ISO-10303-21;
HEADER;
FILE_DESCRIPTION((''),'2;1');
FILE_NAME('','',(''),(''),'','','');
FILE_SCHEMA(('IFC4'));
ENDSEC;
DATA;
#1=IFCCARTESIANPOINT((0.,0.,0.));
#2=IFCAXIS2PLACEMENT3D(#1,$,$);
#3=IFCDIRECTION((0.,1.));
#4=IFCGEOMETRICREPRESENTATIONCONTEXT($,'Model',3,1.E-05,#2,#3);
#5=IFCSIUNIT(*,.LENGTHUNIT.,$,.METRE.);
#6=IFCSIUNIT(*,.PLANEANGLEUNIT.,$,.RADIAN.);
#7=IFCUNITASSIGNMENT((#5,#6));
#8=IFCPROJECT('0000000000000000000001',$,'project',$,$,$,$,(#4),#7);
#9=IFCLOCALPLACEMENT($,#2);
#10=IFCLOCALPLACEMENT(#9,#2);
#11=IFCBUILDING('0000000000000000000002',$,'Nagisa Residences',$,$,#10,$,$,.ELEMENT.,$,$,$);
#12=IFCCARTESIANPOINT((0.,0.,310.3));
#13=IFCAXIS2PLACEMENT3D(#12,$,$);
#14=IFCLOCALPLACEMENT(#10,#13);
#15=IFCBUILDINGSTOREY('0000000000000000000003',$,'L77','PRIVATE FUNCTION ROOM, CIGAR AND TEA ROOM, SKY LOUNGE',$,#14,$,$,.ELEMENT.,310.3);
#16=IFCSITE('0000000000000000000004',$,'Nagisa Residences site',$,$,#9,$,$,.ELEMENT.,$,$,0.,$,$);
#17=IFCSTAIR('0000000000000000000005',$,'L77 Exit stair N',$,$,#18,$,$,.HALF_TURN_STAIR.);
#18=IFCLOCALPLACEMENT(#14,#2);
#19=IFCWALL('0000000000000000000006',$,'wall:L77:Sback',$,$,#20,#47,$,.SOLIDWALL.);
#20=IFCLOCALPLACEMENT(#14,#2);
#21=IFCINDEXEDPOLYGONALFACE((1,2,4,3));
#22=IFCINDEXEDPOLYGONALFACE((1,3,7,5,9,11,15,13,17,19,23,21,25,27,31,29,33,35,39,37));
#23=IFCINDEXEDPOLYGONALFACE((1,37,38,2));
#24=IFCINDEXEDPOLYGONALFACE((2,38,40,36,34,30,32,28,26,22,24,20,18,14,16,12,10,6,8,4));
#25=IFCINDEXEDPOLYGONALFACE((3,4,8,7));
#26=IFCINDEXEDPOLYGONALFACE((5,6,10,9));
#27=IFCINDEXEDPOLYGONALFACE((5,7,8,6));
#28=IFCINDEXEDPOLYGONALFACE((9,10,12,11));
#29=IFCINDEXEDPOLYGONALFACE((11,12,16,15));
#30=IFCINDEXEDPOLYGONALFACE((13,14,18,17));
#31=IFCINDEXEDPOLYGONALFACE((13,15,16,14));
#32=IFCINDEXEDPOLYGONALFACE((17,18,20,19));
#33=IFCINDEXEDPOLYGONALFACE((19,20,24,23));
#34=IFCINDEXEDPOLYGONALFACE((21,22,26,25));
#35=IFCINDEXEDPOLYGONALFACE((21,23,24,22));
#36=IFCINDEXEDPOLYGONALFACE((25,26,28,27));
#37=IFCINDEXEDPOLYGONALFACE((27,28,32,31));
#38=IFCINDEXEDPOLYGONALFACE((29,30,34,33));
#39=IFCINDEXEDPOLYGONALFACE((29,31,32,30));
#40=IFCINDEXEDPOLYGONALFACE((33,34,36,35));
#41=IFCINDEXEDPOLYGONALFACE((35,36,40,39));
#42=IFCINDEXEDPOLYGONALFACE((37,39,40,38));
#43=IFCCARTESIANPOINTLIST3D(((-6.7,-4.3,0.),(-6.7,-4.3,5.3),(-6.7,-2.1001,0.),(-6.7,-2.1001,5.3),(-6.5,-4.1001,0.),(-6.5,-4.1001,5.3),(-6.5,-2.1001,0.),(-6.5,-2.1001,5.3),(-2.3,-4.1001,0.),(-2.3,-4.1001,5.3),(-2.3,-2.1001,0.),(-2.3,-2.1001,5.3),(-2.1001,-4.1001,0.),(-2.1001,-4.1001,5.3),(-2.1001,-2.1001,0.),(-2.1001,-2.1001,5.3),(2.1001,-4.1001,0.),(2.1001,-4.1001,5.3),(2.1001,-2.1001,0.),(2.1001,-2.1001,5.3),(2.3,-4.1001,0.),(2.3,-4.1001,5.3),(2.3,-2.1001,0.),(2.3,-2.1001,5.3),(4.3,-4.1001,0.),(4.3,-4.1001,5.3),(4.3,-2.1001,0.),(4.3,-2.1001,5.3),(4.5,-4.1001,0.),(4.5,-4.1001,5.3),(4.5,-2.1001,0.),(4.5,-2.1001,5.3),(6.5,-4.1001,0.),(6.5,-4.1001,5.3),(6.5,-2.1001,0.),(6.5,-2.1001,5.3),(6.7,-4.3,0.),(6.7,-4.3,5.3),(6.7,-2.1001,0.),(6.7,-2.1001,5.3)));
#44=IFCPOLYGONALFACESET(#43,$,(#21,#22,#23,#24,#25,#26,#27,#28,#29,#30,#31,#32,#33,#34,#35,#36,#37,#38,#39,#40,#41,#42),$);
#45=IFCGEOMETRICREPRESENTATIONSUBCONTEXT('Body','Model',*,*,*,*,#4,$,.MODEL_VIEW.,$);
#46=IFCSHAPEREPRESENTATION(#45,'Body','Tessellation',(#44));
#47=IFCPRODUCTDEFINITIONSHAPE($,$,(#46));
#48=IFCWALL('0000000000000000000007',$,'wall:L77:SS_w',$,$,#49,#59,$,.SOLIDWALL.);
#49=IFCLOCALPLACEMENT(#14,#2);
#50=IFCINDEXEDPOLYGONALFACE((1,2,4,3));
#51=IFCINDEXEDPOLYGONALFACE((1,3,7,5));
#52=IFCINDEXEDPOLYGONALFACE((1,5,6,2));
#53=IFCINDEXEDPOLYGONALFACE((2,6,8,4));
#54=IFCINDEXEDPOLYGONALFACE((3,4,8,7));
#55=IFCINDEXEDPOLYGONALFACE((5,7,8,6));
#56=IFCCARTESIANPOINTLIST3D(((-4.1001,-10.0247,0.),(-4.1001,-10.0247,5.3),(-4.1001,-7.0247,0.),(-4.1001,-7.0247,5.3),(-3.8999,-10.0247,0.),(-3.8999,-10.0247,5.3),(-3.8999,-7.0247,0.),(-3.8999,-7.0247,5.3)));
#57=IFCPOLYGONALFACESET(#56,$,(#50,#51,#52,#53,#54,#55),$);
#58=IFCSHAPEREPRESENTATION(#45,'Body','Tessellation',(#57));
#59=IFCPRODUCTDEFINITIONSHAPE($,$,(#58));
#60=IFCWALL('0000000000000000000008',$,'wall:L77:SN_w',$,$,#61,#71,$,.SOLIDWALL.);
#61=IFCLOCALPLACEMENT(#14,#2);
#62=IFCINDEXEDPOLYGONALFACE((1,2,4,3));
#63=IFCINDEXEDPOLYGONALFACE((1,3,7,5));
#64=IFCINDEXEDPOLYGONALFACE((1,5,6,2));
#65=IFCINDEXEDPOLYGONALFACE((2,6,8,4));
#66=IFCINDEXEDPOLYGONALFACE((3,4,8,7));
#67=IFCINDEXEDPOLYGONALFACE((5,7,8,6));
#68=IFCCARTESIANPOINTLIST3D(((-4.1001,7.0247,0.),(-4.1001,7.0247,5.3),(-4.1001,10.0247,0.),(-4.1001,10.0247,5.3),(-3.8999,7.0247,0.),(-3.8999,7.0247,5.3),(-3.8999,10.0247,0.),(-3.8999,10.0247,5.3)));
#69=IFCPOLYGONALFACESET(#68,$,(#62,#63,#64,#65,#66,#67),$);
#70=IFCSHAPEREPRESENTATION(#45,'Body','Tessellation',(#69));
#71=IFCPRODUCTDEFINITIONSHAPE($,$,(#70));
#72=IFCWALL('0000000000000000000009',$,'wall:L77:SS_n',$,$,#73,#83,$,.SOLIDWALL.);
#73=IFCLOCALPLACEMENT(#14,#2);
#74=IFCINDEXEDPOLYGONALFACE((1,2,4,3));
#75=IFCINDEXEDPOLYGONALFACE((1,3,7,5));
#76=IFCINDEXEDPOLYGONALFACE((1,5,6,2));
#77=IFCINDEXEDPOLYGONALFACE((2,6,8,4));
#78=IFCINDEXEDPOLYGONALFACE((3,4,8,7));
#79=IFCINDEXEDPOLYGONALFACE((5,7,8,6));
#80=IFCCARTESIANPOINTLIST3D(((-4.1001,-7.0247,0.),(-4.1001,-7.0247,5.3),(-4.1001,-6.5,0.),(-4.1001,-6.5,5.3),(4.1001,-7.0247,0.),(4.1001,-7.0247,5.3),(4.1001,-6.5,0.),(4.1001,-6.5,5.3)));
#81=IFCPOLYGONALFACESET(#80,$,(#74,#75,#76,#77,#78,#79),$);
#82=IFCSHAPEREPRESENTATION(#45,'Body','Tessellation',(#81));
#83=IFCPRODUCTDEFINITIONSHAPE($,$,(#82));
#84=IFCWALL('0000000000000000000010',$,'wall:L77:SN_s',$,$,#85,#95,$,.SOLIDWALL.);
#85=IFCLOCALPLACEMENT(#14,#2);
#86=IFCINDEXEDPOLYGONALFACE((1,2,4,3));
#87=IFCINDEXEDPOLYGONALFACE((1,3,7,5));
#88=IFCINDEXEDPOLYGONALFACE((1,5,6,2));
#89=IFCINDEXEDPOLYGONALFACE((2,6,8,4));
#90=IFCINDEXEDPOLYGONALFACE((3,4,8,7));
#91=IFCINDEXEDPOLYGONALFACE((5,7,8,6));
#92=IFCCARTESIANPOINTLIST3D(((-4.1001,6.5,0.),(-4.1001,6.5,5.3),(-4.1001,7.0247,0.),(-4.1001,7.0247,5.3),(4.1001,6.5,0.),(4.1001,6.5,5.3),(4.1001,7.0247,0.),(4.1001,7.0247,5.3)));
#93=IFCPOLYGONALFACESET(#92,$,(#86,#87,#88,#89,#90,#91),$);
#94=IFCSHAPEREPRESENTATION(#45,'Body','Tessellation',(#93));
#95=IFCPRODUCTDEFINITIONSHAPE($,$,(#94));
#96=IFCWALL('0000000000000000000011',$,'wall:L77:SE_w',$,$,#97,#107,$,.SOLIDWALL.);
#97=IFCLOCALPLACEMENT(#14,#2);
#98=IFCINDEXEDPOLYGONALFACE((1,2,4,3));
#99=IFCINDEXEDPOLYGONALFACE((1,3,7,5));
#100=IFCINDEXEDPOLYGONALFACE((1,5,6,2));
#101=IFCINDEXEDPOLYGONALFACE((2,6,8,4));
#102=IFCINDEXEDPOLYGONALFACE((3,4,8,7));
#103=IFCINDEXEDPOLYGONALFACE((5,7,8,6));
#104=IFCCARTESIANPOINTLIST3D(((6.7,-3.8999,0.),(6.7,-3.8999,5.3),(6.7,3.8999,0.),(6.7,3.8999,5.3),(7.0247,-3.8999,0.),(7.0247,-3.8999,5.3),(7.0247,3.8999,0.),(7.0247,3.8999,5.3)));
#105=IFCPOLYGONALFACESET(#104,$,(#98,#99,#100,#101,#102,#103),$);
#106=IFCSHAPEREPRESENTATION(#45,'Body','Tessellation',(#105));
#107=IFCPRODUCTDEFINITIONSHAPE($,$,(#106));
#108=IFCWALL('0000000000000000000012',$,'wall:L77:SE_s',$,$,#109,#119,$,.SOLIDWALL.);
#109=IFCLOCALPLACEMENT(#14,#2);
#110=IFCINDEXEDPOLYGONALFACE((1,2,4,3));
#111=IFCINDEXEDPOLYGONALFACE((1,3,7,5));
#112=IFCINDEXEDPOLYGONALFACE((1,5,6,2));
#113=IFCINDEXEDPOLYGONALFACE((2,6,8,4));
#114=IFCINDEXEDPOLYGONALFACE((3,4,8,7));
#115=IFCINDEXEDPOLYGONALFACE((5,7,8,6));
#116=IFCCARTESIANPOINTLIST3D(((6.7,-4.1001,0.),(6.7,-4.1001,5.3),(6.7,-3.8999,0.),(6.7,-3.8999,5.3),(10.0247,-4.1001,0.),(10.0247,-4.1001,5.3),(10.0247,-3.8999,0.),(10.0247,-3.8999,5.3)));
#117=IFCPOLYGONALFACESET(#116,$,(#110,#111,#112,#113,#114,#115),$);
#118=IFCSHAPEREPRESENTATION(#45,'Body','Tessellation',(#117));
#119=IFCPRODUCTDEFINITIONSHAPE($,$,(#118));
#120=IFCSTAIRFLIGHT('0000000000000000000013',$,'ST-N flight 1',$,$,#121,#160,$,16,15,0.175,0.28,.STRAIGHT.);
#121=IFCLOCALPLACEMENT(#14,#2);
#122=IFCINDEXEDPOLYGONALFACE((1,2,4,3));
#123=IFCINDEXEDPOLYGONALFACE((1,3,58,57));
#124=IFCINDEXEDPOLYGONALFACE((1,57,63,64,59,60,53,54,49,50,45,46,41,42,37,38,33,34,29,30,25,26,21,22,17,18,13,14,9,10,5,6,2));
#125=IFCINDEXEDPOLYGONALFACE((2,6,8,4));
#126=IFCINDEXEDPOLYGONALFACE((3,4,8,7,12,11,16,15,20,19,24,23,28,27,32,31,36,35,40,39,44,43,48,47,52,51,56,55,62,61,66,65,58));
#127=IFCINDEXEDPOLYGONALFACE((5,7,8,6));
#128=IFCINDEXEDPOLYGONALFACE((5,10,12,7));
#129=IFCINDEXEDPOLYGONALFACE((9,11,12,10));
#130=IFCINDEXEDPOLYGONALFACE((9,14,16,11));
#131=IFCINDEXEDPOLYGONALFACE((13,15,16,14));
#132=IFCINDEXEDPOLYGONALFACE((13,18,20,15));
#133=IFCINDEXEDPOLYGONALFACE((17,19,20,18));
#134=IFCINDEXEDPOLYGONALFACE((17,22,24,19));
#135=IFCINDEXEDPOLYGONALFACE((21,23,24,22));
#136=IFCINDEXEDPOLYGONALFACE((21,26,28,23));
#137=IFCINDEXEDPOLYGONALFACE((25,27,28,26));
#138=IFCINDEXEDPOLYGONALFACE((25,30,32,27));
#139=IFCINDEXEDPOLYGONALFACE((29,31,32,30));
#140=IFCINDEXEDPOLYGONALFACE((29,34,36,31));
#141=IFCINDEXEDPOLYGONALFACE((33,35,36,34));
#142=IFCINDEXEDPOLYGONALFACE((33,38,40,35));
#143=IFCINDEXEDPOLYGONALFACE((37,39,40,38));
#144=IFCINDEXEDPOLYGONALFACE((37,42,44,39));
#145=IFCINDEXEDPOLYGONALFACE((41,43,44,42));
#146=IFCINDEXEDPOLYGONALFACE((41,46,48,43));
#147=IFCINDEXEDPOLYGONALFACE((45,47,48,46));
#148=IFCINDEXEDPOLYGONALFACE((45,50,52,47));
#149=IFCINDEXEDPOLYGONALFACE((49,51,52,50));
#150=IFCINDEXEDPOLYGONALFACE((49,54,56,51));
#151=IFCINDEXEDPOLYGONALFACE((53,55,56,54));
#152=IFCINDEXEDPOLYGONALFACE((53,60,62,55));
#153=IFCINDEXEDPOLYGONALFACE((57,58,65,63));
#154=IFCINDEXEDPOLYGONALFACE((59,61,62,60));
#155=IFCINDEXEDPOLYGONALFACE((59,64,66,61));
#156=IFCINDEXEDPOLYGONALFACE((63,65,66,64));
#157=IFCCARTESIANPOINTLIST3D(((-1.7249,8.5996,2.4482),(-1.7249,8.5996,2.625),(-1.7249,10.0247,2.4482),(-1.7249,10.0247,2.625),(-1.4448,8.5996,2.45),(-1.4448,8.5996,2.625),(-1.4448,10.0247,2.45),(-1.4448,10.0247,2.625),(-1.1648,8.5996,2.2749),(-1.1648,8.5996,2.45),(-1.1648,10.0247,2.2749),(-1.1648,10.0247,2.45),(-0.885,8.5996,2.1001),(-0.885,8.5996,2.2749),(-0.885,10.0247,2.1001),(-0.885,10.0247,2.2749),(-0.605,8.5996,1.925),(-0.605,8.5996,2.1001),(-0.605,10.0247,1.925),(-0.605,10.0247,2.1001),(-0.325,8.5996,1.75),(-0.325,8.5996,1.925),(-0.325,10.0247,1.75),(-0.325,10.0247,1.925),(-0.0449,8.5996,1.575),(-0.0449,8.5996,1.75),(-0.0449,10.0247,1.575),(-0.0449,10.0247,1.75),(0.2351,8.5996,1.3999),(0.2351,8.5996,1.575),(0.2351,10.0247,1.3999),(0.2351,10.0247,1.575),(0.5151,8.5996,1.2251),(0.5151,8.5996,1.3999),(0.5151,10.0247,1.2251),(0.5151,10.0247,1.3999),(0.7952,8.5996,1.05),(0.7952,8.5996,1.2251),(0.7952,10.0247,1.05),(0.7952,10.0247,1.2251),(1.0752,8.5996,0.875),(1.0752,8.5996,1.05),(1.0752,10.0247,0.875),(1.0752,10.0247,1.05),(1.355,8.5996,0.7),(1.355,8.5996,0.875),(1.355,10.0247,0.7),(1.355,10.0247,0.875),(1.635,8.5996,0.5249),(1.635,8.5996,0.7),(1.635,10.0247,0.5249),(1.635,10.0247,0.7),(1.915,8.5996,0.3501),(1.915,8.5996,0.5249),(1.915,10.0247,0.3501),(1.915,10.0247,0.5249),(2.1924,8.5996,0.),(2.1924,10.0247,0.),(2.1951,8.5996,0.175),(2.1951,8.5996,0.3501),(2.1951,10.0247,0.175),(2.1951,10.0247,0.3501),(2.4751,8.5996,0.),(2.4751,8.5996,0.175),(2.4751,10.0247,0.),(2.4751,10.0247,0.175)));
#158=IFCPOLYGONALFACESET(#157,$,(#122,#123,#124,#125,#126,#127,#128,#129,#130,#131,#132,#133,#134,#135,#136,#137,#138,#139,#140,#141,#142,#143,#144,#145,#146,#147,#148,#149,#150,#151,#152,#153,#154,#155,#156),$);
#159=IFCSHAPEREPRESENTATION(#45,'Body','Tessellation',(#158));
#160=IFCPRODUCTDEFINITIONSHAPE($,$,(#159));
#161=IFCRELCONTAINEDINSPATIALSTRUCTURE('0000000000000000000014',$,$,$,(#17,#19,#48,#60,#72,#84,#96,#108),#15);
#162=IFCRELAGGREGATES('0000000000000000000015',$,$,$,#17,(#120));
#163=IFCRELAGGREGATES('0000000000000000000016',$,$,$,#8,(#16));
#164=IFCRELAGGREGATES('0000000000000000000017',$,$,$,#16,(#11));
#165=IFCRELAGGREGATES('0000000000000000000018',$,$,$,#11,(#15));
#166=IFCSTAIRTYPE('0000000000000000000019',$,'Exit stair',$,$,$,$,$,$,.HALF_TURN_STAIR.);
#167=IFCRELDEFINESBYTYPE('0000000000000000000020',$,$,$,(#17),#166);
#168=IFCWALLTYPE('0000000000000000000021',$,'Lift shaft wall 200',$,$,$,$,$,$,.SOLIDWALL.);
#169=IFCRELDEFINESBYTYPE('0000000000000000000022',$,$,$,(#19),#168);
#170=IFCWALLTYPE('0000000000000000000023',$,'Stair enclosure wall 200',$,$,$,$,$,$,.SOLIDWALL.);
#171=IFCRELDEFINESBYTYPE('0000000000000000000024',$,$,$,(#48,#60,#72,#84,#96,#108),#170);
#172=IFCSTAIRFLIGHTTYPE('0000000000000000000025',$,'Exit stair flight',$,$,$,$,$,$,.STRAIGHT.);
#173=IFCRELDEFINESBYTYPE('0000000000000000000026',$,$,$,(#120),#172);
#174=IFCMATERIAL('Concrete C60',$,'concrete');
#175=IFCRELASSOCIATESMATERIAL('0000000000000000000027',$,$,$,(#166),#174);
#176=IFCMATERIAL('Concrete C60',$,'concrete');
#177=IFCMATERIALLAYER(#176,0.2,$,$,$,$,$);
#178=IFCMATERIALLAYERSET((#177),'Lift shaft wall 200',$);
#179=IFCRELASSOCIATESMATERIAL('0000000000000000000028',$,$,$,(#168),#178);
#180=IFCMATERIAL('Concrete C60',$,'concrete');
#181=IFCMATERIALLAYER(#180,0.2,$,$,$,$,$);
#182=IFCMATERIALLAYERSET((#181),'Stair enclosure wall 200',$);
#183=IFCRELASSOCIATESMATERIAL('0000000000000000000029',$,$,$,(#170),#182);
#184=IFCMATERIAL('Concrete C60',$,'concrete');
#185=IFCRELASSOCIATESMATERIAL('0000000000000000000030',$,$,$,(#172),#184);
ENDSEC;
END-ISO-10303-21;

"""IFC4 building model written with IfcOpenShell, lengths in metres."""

from ifc_helpers import new_model, si_unit, direction, frame, origin, place, context, subcontext, project, spatial, polyline, outline, extrude, material, layer, layer_set, type_object, element, aggregate, save


model = new_model("IFC4")

# Units and contexts
model_context = context("Model", 3, precision=1e-05, world=origin(), true_north=direction((0.0, 1.0)))
body_context = subcontext(model_context, "Body", "Model", "MODEL_VIEW")
ifc_project = project(units=[si_unit("LENGTHUNIT", "METRE"), si_unit("PLANEANGLEUNIT", "RADIAN")], contexts=[model_context])

# Site, building, storey
site_placement = place(None, origin())
site = spatial("IfcSite", under=ifc_project, at=site_placement, Name="Nagisa Residences site", CompositionType="ELEMENT", RefElevation=0.0)
building_placement = place(site_placement, origin())
building = spatial("IfcBuilding", under=site, at=building_placement, Name="Nagisa Residences", CompositionType="ELEMENT")
storey_placement = place(building_placement, frame((0.0, 0.0, 310.3)))
storey = spatial("IfcBuildingStorey", under=building, at=storey_placement, Name="L77", Description="PRIVATE FUNCTION ROOM, CIGAR AND TEA ROOM, SKY LOUNGE", CompositionType="ELEMENT", Elevation=310.3)

# Stair
ifc_material_1 = material(Name="Concrete C60", Category="concrete")
stair_type = type_object("IfcStairType", Name="Exit stair", PredefinedType="HALF_TURN_STAIR", material=ifc_material_1)
stair_1_placement = place(storey_placement, origin())
stair_1 = element("IfcStair", 1, at=stair_1_placement, inside=storey, type_object=stair_type, Name="L77 Exit stair N", PredefinedType="HALF_TURN_STAIR")

# Shared definitions
ifc_material_2 = material(Name="Concrete C60", Category="concrete")
ifc_layer_1 = layer(ifc_material_2, 0.2)
ifc_layer_set_1 = layer_set([ifc_layer_1], Name="Lift shaft wall 200")
wall_type_1 = type_object("IfcWallType", Name="Lift shaft wall 200", PredefinedType="SOLIDWALL", material=ifc_layer_set_1)

# Walls
wall_1_placement = place(storey_placement, origin())
element("IfcWall", 2, at=wall_1_placement, inside=storey, type_object=wall_type_1, Name="wall:L77:Sback", PredefinedType="SOLIDWALL", context=body_context, shape_type="SweptSolid", body=[
    extrude(outline(polyline([(-6.7, -2.1001), (-6.5, -2.1001), (-6.5, -4.1001), (-2.3, -4.1001), (-2.3, -2.1001), (-2.1001, -2.1001), (-2.1001, -4.1001), (2.1001, -4.1001), (2.1001, -2.1001), (2.3, -2.1001), (2.3, -4.1001), (4.3, -4.1001), (4.3, -2.1001), (4.5, -2.1001), (4.5, -4.1001), (6.5, -4.1001), (6.5, -2.1001), (6.7, -2.1001), (6.7, -4.3), (-6.7, -4.3), (-6.7, -2.1001)])), origin(), (0.0, 0.0, 1.0), 5.3),
])
ifc_material_3 = material(Name="Concrete C60", Category="concrete")
ifc_layer_2 = layer(ifc_material_3, 0.2)
ifc_layer_set_2 = layer_set([ifc_layer_2], Name="Stair enclosure wall 200")
wall_type_2 = type_object("IfcWallType", Name="Stair enclosure wall 200", PredefinedType="SOLIDWALL", material=ifc_layer_set_2)
wall_2_placement = place(storey_placement, origin())
element("IfcWall", 3, at=wall_2_placement, inside=storey, type_object=wall_type_2, Name="wall:L77:SS_w", PredefinedType="SOLIDWALL", context=body_context, shape_type="SweptSolid", body=[
    extrude(outline(polyline([(-3.8999, -10.0247), (-4.1001, -10.0247), (-4.1001, -7.0247), (-3.8999, -7.0247), (-3.8999, -10.0247)])), origin(), (0.0, 0.0, 1.0), 5.3),
])
wall_3_placement = place(storey_placement, origin())
element("IfcWall", 4, at=wall_3_placement, inside=storey, type_object=wall_type_2, Name="wall:L77:SN_w", PredefinedType="SOLIDWALL", context=body_context, shape_type="SweptSolid", body=[
    extrude(outline(polyline([(-3.8999, 7.0247), (-4.1001, 7.0247), (-4.1001, 10.0247), (-3.8999, 10.0247), (-3.8999, 7.0247)])), origin(), (0.0, 0.0, 1.0), 5.3),
])
wall_4_placement = place(storey_placement, origin())
element("IfcWall", 5, at=wall_4_placement, inside=storey, type_object=wall_type_2, Name="wall:L77:SS_n", PredefinedType="SOLIDWALL", context=body_context, shape_type="SweptSolid", body=[
    extrude(outline(polyline([(4.1001, -7.0247), (-4.1001, -7.0247), (-4.1001, -6.5), (4.1001, -6.5), (4.1001, -7.0247)])), origin(), (0.0, 0.0, 1.0), 5.3),
])
wall_5_placement = place(storey_placement, origin())
element("IfcWall", 6, at=wall_5_placement, inside=storey, type_object=wall_type_2, Name="wall:L77:SN_s", PredefinedType="SOLIDWALL", context=body_context, shape_type="SweptSolid", body=[
    extrude(outline(polyline([(4.1001, 6.5), (-4.1001, 6.5), (-4.1001, 7.0247), (4.1001, 7.0247), (4.1001, 6.5)])), origin(), (0.0, 0.0, 1.0), 5.3),
])
wall_6_placement = place(storey_placement, origin())
element("IfcWall", 7, at=wall_6_placement, inside=storey, type_object=wall_type_2, Name="wall:L77:SE_w", PredefinedType="SOLIDWALL", context=body_context, shape_type="SweptSolid", body=[
    extrude(outline(polyline([(7.0247, -3.8999), (6.7, -3.8999), (6.7, 3.8999), (7.0247, 3.8999), (7.0247, -3.8999)])), origin(), (0.0, 0.0, 1.0), 5.3),
])
wall_7_placement = place(storey_placement, origin())
element("IfcWall", 8, at=wall_7_placement, inside=storey, type_object=wall_type_2, Name="wall:L77:SE_s", PredefinedType="SOLIDWALL", context=body_context, shape_type="SweptSolid", body=[
    extrude(outline(polyline([(10.0247, -4.1001), (6.7, -4.1001), (6.7, -3.8999), (10.0247, -3.8999), (10.0247, -4.1001)])), origin(), (0.0, 0.0, 1.0), 5.3),
])

# Stair flight
ifc_material_4 = material(Name="Concrete C60", Category="concrete")
stair_flight_type = type_object("IfcStairFlightType", Name="Exit stair flight", PredefinedType="STRAIGHT", material=ifc_material_4)
stair_flight_placement = place(storey_placement, frame((2.4751, 9.312, 0.0), z_axis=(0.0, 0.0, 1.0), x_axis=(-1.0, 0.0, 0.0)))
stair_flight = element("IfcStairFlight", 9, at=stair_flight_placement, type_object=stair_flight_type, Name="ST-N flight 1", NumberOfRisers=16, NumberOfTreads=15, PredefinedType="STRAIGHT", RiserHeight=0.175, TreadLength=0.28, context=body_context, shape_type="SweptSolid", body=[
    extrude(outline(polyline([(0.0, 0.0), (0.0, 0.175), (0.28, 0.175), (0.28, 0.3501), (0.5601, 0.3501), (0.5601, 0.5249), (0.8401, 0.5249), (0.8401, 0.7), (1.1201, 0.7), (1.1201, 0.875), (1.3999, 0.875), (1.3999, 1.05), (1.6799, 1.05), (1.6799, 1.2251), (1.96, 1.2251), (1.96, 1.3999), (2.24, 1.3999), (2.24, 1.575), (2.52, 1.575), (2.52, 1.75), (2.8, 1.75), (2.8, 1.925), (3.0801, 1.925), (3.0801, 2.1001), (3.3601, 2.1001), (3.3601, 2.2749), (3.6399, 2.2749), (3.6399, 2.45), (3.9199, 2.45), (3.9199, 2.625), (4.2, 2.625), (4.2, 2.8), (4.2, 2.4482), (0.2827, 0.0), (0.0, 0.0)])), frame((0.0, 0.7124, 0.0), z_axis=(0.0, -1.0, 0.0), x_axis=(1.0, 0.0, 0.0)), (0.0, 0.0, 1.0), 1.425),
])
aggregate(stair_1, [stair_flight])

save(model, "model.ifc")
